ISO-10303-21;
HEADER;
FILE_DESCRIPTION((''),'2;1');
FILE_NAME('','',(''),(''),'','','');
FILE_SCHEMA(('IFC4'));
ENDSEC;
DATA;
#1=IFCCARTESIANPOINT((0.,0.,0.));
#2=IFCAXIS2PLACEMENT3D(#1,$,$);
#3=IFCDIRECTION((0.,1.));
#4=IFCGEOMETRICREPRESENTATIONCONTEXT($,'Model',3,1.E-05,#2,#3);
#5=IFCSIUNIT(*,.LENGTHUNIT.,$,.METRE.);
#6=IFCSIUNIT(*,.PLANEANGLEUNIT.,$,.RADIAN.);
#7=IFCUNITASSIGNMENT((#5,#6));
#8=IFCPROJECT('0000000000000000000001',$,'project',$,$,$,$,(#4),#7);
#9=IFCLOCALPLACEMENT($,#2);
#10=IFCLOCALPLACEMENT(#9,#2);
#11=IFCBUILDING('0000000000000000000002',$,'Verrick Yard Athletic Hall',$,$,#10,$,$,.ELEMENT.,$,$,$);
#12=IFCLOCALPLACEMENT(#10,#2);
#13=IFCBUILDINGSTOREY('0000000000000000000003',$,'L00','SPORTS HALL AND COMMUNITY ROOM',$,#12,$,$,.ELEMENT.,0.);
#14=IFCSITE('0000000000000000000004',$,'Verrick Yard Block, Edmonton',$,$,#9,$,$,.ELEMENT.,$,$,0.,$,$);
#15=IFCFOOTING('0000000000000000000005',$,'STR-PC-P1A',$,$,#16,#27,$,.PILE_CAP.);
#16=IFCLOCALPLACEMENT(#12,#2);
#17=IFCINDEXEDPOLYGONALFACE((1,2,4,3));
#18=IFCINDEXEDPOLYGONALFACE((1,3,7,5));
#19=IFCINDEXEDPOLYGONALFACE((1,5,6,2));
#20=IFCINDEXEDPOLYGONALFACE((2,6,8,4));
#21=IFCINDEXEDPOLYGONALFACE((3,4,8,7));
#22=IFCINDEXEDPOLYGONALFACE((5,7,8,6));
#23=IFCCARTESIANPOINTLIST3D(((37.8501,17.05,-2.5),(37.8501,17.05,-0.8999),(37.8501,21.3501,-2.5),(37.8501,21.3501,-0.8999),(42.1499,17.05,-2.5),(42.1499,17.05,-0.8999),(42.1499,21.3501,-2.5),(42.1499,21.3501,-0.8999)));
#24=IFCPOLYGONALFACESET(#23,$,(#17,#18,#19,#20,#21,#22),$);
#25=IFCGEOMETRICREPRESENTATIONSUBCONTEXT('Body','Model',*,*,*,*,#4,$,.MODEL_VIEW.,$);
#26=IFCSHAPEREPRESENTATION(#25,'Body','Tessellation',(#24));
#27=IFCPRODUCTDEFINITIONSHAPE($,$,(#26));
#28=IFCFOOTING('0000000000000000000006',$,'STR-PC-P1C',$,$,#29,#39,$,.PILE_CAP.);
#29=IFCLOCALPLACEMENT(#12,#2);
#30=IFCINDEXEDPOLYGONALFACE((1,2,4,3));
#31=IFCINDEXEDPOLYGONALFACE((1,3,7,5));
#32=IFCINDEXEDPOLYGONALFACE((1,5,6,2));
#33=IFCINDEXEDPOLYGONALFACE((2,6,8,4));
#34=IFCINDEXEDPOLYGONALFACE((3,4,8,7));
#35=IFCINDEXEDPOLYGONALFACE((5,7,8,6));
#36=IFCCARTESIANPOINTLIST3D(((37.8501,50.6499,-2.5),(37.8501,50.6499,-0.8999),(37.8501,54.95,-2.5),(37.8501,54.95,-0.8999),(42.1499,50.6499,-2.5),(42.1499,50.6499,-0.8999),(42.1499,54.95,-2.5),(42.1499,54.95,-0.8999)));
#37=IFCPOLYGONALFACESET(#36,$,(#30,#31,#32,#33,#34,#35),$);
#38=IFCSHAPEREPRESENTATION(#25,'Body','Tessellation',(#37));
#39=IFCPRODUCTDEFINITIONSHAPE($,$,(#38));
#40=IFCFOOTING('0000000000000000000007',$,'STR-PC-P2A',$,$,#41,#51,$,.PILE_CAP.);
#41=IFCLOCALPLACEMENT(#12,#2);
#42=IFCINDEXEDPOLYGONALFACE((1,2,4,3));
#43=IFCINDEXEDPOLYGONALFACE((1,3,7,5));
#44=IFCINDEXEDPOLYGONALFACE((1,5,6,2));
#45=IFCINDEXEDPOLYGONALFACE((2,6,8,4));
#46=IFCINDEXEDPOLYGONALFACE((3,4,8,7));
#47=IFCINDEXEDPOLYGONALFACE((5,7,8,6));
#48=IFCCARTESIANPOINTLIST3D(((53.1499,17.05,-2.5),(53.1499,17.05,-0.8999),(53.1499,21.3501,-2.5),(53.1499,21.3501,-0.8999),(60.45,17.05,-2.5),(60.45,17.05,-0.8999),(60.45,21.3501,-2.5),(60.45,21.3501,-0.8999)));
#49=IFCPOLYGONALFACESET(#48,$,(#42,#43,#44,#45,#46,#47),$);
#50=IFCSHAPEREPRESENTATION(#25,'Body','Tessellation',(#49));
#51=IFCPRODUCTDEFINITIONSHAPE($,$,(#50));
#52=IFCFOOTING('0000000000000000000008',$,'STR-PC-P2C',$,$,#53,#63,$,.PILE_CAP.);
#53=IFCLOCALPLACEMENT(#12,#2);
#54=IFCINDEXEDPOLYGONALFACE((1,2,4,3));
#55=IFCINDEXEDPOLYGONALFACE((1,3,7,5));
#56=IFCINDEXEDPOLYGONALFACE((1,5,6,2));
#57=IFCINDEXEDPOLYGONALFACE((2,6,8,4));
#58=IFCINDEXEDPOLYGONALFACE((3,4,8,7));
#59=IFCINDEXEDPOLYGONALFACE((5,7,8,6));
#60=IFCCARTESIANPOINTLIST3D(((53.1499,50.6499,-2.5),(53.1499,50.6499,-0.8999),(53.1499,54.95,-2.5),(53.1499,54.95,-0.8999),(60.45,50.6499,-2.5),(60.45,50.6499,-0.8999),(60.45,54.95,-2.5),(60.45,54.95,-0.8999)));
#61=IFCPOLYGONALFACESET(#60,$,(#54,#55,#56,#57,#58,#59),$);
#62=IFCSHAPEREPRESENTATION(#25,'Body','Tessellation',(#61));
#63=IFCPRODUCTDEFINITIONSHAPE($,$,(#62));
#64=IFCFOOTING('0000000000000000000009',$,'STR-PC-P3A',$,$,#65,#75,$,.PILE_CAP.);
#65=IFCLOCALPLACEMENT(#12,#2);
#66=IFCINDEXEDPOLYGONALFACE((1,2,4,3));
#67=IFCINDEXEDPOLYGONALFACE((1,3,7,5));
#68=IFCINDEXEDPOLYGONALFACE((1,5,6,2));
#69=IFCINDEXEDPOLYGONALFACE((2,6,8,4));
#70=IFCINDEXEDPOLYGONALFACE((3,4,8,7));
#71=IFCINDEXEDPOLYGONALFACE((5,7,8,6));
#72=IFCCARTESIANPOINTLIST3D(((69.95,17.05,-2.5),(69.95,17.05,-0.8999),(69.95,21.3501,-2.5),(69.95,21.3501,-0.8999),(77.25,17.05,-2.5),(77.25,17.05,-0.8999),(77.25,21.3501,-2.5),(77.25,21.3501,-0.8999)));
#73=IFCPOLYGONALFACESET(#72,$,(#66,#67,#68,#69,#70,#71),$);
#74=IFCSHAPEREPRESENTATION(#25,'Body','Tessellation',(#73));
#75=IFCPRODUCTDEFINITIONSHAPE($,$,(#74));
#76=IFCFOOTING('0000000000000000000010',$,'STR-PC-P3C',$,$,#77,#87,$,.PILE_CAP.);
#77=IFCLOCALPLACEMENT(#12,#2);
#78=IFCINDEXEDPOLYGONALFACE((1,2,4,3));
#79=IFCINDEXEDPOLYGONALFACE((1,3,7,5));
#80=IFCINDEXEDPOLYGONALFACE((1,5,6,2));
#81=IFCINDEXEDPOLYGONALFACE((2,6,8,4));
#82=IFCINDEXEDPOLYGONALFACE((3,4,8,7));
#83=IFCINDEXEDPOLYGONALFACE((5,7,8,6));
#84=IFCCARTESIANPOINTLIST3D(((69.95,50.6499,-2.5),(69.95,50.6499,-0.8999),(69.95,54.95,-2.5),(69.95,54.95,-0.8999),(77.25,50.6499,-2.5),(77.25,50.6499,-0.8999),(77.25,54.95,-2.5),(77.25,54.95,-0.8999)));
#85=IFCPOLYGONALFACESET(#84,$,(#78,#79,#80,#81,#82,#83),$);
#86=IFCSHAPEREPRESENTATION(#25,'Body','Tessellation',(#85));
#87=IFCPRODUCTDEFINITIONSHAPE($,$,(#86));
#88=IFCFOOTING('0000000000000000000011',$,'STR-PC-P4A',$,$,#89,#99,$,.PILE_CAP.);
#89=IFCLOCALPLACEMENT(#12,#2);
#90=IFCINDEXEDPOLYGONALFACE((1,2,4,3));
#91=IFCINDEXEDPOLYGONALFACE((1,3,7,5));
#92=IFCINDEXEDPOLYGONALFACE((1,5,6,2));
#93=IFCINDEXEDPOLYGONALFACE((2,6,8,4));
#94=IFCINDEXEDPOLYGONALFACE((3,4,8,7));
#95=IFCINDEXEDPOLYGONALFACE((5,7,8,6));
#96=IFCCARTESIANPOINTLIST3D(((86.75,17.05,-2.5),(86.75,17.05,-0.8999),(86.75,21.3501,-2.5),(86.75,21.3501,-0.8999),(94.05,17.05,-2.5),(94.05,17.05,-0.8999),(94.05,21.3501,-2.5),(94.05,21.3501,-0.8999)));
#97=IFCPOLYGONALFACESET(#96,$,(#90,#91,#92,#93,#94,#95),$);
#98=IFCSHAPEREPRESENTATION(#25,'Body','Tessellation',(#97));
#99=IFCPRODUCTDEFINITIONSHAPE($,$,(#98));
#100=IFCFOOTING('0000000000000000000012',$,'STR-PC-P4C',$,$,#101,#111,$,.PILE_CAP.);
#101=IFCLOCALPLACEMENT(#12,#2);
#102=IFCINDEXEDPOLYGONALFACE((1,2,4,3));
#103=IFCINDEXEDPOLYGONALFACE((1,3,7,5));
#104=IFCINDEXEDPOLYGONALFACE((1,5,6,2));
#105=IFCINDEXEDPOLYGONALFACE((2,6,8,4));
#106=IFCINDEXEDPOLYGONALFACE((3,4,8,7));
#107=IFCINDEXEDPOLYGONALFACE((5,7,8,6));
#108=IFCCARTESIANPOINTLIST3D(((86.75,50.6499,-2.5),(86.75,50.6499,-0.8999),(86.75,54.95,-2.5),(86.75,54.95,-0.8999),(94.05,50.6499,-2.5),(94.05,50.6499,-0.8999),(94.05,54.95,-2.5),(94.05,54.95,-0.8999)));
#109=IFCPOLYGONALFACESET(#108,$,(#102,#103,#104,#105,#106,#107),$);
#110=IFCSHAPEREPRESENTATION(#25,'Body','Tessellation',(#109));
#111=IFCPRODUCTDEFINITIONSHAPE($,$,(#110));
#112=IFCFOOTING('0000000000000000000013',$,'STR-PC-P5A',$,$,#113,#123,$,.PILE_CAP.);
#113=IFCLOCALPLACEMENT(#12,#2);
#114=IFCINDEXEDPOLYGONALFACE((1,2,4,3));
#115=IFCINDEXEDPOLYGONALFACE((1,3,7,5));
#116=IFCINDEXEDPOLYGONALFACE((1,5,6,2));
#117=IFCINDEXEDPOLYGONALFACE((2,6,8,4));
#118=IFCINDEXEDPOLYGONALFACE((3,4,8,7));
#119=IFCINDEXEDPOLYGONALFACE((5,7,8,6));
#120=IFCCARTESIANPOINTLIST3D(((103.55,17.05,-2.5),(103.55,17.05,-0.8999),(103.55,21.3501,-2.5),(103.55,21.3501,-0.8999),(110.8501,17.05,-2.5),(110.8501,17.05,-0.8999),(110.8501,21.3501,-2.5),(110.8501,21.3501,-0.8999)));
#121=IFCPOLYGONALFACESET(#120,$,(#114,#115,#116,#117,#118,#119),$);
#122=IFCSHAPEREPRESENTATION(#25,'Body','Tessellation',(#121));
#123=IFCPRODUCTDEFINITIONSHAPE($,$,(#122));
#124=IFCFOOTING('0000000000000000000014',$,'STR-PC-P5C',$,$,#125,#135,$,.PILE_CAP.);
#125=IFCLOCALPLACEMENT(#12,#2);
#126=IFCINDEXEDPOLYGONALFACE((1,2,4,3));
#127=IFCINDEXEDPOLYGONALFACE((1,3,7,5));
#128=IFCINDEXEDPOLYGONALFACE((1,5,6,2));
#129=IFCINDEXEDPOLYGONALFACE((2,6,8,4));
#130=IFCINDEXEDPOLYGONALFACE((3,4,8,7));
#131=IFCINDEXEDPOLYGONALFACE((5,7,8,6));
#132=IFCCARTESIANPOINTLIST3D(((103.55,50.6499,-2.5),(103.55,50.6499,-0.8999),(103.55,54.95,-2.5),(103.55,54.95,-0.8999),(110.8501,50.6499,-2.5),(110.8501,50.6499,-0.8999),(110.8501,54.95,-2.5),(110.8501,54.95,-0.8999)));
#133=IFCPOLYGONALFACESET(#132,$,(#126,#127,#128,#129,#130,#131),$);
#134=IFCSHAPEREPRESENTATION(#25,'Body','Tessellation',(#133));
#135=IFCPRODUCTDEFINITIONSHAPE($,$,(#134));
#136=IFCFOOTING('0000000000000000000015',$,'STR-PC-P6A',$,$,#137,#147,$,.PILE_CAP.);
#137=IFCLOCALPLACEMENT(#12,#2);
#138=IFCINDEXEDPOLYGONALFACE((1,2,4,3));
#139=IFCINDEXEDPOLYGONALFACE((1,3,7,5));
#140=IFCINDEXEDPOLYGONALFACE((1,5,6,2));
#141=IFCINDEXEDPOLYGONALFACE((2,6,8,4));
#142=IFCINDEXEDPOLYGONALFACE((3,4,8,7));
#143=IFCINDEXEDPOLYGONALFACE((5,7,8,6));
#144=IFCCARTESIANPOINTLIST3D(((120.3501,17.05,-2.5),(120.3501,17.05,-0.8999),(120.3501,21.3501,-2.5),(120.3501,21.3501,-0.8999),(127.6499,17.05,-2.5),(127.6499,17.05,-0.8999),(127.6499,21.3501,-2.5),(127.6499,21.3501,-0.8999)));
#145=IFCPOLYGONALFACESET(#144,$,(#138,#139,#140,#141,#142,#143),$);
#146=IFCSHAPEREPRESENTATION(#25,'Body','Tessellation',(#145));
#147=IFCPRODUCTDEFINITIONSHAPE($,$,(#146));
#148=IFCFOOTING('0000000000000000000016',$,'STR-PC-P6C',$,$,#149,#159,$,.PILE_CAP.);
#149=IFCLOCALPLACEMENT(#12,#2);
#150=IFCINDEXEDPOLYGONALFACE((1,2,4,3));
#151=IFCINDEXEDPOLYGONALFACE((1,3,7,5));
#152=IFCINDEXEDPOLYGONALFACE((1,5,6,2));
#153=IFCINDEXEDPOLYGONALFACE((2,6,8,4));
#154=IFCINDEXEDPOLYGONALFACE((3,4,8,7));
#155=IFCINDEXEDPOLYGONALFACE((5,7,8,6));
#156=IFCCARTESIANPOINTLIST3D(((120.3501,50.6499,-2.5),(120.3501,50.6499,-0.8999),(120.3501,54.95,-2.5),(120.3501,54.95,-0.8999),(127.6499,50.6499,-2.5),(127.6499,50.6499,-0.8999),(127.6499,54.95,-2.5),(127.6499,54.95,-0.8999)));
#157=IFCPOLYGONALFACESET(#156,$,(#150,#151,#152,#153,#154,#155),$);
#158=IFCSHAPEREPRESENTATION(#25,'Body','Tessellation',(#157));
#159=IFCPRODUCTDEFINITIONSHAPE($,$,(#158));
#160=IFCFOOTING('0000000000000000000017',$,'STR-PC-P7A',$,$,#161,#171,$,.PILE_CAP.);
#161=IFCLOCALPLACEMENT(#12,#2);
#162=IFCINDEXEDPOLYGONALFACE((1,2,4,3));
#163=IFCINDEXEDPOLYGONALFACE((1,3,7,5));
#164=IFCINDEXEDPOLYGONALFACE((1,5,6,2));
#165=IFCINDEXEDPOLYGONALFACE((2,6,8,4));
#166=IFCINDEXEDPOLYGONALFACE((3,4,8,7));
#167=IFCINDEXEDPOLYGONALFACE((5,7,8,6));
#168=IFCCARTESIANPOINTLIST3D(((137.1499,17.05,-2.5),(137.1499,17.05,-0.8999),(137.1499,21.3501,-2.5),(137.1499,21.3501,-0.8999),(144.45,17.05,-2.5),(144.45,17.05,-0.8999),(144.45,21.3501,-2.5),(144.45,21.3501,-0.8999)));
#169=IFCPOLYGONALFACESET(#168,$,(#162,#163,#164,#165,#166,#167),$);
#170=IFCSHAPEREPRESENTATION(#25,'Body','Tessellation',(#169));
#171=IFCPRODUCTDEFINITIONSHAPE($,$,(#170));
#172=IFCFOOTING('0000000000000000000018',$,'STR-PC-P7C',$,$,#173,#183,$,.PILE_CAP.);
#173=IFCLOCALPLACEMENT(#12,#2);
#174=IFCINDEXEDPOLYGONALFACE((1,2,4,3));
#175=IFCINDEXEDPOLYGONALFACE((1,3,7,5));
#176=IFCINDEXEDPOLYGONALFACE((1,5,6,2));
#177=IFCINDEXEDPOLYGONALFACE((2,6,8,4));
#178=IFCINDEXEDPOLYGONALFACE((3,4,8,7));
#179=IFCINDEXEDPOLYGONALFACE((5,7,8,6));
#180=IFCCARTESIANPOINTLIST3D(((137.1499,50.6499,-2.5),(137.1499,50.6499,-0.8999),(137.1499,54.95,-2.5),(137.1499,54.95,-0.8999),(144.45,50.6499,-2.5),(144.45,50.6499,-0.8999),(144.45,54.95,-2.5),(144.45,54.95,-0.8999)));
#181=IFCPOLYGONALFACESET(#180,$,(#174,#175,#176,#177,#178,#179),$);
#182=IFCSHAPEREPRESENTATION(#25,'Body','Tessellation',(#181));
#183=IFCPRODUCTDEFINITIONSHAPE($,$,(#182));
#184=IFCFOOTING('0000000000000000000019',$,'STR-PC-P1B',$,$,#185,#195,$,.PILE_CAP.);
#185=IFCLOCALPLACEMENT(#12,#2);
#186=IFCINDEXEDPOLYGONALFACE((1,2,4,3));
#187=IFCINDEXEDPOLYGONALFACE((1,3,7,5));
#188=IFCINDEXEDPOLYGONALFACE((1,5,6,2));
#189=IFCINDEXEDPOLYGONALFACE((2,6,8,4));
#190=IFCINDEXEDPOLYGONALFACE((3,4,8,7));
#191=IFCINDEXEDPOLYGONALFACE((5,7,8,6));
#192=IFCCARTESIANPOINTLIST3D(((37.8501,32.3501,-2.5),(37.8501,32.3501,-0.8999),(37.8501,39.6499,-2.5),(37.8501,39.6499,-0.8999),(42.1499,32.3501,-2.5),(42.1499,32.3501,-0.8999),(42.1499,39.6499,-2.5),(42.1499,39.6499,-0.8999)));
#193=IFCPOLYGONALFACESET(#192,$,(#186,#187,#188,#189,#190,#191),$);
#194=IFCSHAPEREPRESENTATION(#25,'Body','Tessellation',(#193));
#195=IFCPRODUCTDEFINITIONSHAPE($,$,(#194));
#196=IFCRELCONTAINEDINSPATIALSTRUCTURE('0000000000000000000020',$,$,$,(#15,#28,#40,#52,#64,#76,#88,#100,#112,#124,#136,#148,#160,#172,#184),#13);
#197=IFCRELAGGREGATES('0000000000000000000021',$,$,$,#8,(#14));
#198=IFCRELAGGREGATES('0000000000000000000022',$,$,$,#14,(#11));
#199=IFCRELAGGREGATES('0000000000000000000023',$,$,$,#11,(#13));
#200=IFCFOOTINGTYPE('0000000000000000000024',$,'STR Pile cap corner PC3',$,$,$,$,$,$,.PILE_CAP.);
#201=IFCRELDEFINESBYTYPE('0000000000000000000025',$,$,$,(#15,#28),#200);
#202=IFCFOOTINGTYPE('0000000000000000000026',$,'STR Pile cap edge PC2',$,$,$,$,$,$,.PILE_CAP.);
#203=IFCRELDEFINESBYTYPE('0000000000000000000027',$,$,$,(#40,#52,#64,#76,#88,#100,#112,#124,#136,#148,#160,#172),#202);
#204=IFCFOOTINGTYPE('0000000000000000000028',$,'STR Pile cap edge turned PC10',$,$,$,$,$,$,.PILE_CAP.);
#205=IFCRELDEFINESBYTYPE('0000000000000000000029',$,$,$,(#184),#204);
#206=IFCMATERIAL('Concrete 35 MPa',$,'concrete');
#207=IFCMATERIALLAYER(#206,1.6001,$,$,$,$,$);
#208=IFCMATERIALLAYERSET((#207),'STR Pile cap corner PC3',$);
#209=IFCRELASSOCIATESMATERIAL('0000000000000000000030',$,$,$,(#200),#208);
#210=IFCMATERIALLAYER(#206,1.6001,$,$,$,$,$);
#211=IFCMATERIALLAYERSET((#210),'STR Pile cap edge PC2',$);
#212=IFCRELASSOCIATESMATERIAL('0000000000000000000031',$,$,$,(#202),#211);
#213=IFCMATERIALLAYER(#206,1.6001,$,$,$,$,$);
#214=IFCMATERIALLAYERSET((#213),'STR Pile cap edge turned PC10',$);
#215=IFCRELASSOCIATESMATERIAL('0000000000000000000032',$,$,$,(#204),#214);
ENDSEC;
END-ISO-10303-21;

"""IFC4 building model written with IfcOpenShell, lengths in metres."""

from ifc_helpers import new_model, si_unit, direction, frame, origin, place, context, subcontext, project, spatial, polyline, outline, extrude, material, layer, layer_set, type_object, element, save


model = new_model("IFC4")

# Units and contexts
model_context = context("Model", 3, precision=1e-05, world=origin(), true_north=direction((0.0, 1.0)))
body_context = subcontext(model_context, "Body", "Model", "MODEL_VIEW")
ifc_project = project(units=[si_unit("LENGTHUNIT", "METRE"), si_unit("PLANEANGLEUNIT", "RADIAN")], contexts=[model_context])

# Site, building, storey
site_placement = place(None, origin())
site = spatial("IfcSite", under=ifc_project, at=site_placement, Name="Verrick Yard Block, Edmonton", CompositionType="ELEMENT", RefElevation=0.0)
building_placement = place(site_placement, origin())
building = spatial("IfcBuilding", under=site, at=building_placement, Name="Verrick Yard Athletic Hall", CompositionType="ELEMENT")
storey_placement = place(building_placement, origin())
storey = spatial("IfcBuildingStorey", under=building, at=storey_placement, Name="L00", Description="SPORTS HALL AND COMMUNITY ROOM", CompositionType="ELEMENT", Elevation=0.0)

# Footings
ifc_material = material(Name="Concrete 35 MPa", Category="concrete")
ifc_layer_1 = layer(ifc_material, 1.6001)
ifc_layer_set_1 = layer_set([ifc_layer_1], Name="STR Pile cap corner PC3")
footing_type_1 = type_object("IfcFootingType", Name="STR Pile cap corner PC3", PredefinedType="PILE_CAP", material=ifc_layer_set_1)
footing_1_placement = place(storey_placement, frame((0.0, 0.0, -2.5)))
element("IfcFooting", 1, at=footing_1_placement, inside=storey, type_object=footing_type_1, Name="STR-PC-P1A", PredefinedType="PILE_CAP", context=body_context, shape_type="SweptSolid", body=[
    extrude(outline(polyline([(37.8501, 17.05), (42.1499, 17.05), (42.1499, 21.3501), (37.8501, 21.3501), (37.8501, 17.05)])), origin(), (0.0, 0.0, 1.0), 1.6001),
])
footing_2_placement = place(storey_placement, frame((0.0, 0.0, -2.5)))
element("IfcFooting", 2, at=footing_2_placement, inside=storey, type_object=footing_type_1, Name="STR-PC-P1C", PredefinedType="PILE_CAP", context=body_context, shape_type="SweptSolid", body=[
    extrude(outline(polyline([(37.8501, 50.6499), (42.1499, 50.6499), (42.1499, 54.95), (37.8501, 54.95), (37.8501, 50.6499)])), origin(), (0.0, 0.0, 1.0), 1.6001),
])
ifc_layer_2 = layer(ifc_material, 1.6001)
ifc_layer_set_2 = layer_set([ifc_layer_2], Name="STR Pile cap edge PC2")
footing_type_2 = type_object("IfcFootingType", Name="STR Pile cap edge PC2", PredefinedType="PILE_CAP", material=ifc_layer_set_2)
footing_3_placement = place(storey_placement, frame((0.0, 0.0, -2.5)))
element("IfcFooting", 3, at=footing_3_placement, inside=storey, type_object=footing_type_2, Name="STR-PC-P2A", PredefinedType="PILE_CAP", context=body_context, shape_type="SweptSolid", body=[
    extrude(outline(polyline([(53.1499, 17.05), (60.45, 17.05), (60.45, 21.3501), (53.1499, 21.3501), (53.1499, 17.05)])), origin(), (0.0, 0.0, 1.0), 1.6001),
])
footing_4_placement = place(storey_placement, frame((0.0, 0.0, -2.5)))
element("IfcFooting", 4, at=footing_4_placement, inside=storey, type_object=footing_type_2, Name="STR-PC-P2C", PredefinedType="PILE_CAP", context=body_context, shape_type="SweptSolid", body=[
    extrude(outline(polyline([(53.1499, 50.6499), (60.45, 50.6499), (60.45, 54.95), (53.1499, 54.95), (53.1499, 50.6499)])), origin(), (0.0, 0.0, 1.0), 1.6001),
])
footing_5_placement = place(storey_placement, frame((0.0, 0.0, -2.5)))
element("IfcFooting", 5, at=footing_5_placement, inside=storey, type_object=footing_type_2, Name="STR-PC-P3A", PredefinedType="PILE_CAP", context=body_context, shape_type="SweptSolid", body=[
    extrude(outline(polyline([(69.95, 17.05), (77.25, 17.05), (77.25, 21.3501), (69.95, 21.3501), (69.95, 17.05)])), origin(), (0.0, 0.0, 1.0), 1.6001),
])
footing_6_placement = place(storey_placement, frame((0.0, 0.0, -2.5)))
element("IfcFooting", 6, at=footing_6_placement, inside=storey, type_object=footing_type_2, Name="STR-PC-P3C", PredefinedType="PILE_CAP", context=body_context, shape_type="SweptSolid", body=[
    extrude(outline(polyline([(69.95, 50.6499), (77.25, 50.6499), (77.25, 54.95), (69.95, 54.95), (69.95, 50.6499)])), origin(), (0.0, 0.0, 1.0), 1.6001),
])
footing_7_placement = place(storey_placement, frame((0.0, 0.0, -2.5)))
element("IfcFooting", 7, at=footing_7_placement, inside=storey, type_object=footing_type_2, Name="STR-PC-P4A", PredefinedType="PILE_CAP", context=body_context, shape_type="SweptSolid", body=[
    extrude(outline(polyline([(86.75, 17.05), (94.05, 17.05), (94.05, 21.3501), (86.75, 21.3501), (86.75, 17.05)])), origin(), (0.0, 0.0, 1.0), 1.6001),
])
footing_8_placement = place(storey_placement, frame((0.0, 0.0, -2.5)))
element("IfcFooting", 8, at=footing_8_placement, inside=storey, type_object=footing_type_2, Name="STR-PC-P4C", PredefinedType="PILE_CAP", context=body_context, shape_type="SweptSolid", body=[
    extrude(outline(polyline([(86.75, 50.6499), (94.05, 50.6499), (94.05, 54.95), (86.75, 54.95), (86.75, 50.6499)])), origin(), (0.0, 0.0, 1.0), 1.6001),
])
footing_9_placement = place(storey_placement, frame((0.0, 0.0, -2.5)))
element("IfcFooting", 9, at=footing_9_placement, inside=storey, type_object=footing_type_2, Name="STR-PC-P5A", PredefinedType="PILE_CAP", context=body_context, shape_type="SweptSolid", body=[
    extrude(outline(polyline([(103.55, 17.05), (110.8501, 17.05), (110.8501, 21.3501), (103.55, 21.3501), (103.55, 17.05)])), origin(), (0.0, 0.0, 1.0), 1.6001),
])
footing_10_placement = place(storey_placement, frame((0.0, 0.0, -2.5)))
element("IfcFooting", 10, at=footing_10_placement, inside=storey, type_object=footing_type_2, Name="STR-PC-P5C", PredefinedType="PILE_CAP", context=body_context, shape_type="SweptSolid", body=[
    extrude(outline(polyline([(103.55, 50.6499), (110.8501, 50.6499), (110.8501, 54.95), (103.55, 54.95), (103.55, 50.6499)])), origin(), (0.0, 0.0, 1.0), 1.6001),
])
footing_11_placement = place(storey_placement, frame((0.0, 0.0, -2.5)))
element("IfcFooting", 11, at=footing_11_placement, inside=storey, type_object=footing_type_2, Name="STR-PC-P6A", PredefinedType="PILE_CAP", context=body_context, shape_type="SweptSolid", body=[
    extrude(outline(polyline([(120.3501, 17.05), (127.6499, 17.05), (127.6499, 21.3501), (120.3501, 21.3501), (120.3501, 17.05)])), origin(), (0.0, 0.0, 1.0), 1.6001),
])
footing_12_placement = place(storey_placement, frame((0.0, 0.0, -2.5)))
element("IfcFooting", 12, at=footing_12_placement, inside=storey, type_object=footing_type_2, Name="STR-PC-P6C", PredefinedType="PILE_CAP", context=body_context, shape_type="SweptSolid", body=[
    extrude(outline(polyline([(120.3501, 50.6499), (127.6499, 50.6499), (127.6499, 54.95), (120.3501, 54.95), (120.3501, 50.6499)])), origin(), (0.0, 0.0, 1.0), 1.6001),
])
footing_13_placement = place(storey_placement, frame((0.0, 0.0, -2.5)))
element("IfcFooting", 13, at=footing_13_placement, inside=storey, type_object=footing_type_2, Name="STR-PC-P7A", PredefinedType="PILE_CAP", context=body_context, shape_type="SweptSolid", body=[
    extrude(outline(polyline([(137.1499, 17.05), (144.45, 17.05), (144.45, 21.3501), (137.1499, 21.3501), (137.1499, 17.05)])), origin(), (0.0, 0.0, 1.0), 1.6001),
])
footing_14_placement = place(storey_placement, frame((0.0, 0.0, -2.5)))
element("IfcFooting", 14, at=footing_14_placement, inside=storey, type_object=footing_type_2, Name="STR-PC-P7C", PredefinedType="PILE_CAP", context=body_context, shape_type="SweptSolid", body=[
    extrude(outline(polyline([(137.1499, 50.6499), (144.45, 50.6499), (144.45, 54.95), (137.1499, 54.95), (137.1499, 50.6499)])), origin(), (0.0, 0.0, 1.0), 1.6001),
])
ifc_layer_3 = layer(ifc_material, 1.6001)
ifc_layer_set_3 = layer_set([ifc_layer_3], Name="STR Pile cap edge turned PC10")
footing_type_3 = type_object("IfcFootingType", Name="STR Pile cap edge turned PC10", PredefinedType="PILE_CAP", material=ifc_layer_set_3)
footing_15_placement = place(storey_placement, frame((0.0, 0.0, -2.5)))
element("IfcFooting", 15, at=footing_15_placement, inside=storey, type_object=footing_type_3, Name="STR-PC-P1B", PredefinedType="PILE_CAP", context=body_context, shape_type="SweptSolid", body=[
    extrude(outline(polyline([(37.8501, 32.3501), (42.1499, 32.3501), (42.1499, 39.6499), (37.8501, 39.6499), (37.8501, 32.3501)])), origin(), (0.0, 0.0, 1.0), 1.6001),
])

save(model, "model.ifc")
